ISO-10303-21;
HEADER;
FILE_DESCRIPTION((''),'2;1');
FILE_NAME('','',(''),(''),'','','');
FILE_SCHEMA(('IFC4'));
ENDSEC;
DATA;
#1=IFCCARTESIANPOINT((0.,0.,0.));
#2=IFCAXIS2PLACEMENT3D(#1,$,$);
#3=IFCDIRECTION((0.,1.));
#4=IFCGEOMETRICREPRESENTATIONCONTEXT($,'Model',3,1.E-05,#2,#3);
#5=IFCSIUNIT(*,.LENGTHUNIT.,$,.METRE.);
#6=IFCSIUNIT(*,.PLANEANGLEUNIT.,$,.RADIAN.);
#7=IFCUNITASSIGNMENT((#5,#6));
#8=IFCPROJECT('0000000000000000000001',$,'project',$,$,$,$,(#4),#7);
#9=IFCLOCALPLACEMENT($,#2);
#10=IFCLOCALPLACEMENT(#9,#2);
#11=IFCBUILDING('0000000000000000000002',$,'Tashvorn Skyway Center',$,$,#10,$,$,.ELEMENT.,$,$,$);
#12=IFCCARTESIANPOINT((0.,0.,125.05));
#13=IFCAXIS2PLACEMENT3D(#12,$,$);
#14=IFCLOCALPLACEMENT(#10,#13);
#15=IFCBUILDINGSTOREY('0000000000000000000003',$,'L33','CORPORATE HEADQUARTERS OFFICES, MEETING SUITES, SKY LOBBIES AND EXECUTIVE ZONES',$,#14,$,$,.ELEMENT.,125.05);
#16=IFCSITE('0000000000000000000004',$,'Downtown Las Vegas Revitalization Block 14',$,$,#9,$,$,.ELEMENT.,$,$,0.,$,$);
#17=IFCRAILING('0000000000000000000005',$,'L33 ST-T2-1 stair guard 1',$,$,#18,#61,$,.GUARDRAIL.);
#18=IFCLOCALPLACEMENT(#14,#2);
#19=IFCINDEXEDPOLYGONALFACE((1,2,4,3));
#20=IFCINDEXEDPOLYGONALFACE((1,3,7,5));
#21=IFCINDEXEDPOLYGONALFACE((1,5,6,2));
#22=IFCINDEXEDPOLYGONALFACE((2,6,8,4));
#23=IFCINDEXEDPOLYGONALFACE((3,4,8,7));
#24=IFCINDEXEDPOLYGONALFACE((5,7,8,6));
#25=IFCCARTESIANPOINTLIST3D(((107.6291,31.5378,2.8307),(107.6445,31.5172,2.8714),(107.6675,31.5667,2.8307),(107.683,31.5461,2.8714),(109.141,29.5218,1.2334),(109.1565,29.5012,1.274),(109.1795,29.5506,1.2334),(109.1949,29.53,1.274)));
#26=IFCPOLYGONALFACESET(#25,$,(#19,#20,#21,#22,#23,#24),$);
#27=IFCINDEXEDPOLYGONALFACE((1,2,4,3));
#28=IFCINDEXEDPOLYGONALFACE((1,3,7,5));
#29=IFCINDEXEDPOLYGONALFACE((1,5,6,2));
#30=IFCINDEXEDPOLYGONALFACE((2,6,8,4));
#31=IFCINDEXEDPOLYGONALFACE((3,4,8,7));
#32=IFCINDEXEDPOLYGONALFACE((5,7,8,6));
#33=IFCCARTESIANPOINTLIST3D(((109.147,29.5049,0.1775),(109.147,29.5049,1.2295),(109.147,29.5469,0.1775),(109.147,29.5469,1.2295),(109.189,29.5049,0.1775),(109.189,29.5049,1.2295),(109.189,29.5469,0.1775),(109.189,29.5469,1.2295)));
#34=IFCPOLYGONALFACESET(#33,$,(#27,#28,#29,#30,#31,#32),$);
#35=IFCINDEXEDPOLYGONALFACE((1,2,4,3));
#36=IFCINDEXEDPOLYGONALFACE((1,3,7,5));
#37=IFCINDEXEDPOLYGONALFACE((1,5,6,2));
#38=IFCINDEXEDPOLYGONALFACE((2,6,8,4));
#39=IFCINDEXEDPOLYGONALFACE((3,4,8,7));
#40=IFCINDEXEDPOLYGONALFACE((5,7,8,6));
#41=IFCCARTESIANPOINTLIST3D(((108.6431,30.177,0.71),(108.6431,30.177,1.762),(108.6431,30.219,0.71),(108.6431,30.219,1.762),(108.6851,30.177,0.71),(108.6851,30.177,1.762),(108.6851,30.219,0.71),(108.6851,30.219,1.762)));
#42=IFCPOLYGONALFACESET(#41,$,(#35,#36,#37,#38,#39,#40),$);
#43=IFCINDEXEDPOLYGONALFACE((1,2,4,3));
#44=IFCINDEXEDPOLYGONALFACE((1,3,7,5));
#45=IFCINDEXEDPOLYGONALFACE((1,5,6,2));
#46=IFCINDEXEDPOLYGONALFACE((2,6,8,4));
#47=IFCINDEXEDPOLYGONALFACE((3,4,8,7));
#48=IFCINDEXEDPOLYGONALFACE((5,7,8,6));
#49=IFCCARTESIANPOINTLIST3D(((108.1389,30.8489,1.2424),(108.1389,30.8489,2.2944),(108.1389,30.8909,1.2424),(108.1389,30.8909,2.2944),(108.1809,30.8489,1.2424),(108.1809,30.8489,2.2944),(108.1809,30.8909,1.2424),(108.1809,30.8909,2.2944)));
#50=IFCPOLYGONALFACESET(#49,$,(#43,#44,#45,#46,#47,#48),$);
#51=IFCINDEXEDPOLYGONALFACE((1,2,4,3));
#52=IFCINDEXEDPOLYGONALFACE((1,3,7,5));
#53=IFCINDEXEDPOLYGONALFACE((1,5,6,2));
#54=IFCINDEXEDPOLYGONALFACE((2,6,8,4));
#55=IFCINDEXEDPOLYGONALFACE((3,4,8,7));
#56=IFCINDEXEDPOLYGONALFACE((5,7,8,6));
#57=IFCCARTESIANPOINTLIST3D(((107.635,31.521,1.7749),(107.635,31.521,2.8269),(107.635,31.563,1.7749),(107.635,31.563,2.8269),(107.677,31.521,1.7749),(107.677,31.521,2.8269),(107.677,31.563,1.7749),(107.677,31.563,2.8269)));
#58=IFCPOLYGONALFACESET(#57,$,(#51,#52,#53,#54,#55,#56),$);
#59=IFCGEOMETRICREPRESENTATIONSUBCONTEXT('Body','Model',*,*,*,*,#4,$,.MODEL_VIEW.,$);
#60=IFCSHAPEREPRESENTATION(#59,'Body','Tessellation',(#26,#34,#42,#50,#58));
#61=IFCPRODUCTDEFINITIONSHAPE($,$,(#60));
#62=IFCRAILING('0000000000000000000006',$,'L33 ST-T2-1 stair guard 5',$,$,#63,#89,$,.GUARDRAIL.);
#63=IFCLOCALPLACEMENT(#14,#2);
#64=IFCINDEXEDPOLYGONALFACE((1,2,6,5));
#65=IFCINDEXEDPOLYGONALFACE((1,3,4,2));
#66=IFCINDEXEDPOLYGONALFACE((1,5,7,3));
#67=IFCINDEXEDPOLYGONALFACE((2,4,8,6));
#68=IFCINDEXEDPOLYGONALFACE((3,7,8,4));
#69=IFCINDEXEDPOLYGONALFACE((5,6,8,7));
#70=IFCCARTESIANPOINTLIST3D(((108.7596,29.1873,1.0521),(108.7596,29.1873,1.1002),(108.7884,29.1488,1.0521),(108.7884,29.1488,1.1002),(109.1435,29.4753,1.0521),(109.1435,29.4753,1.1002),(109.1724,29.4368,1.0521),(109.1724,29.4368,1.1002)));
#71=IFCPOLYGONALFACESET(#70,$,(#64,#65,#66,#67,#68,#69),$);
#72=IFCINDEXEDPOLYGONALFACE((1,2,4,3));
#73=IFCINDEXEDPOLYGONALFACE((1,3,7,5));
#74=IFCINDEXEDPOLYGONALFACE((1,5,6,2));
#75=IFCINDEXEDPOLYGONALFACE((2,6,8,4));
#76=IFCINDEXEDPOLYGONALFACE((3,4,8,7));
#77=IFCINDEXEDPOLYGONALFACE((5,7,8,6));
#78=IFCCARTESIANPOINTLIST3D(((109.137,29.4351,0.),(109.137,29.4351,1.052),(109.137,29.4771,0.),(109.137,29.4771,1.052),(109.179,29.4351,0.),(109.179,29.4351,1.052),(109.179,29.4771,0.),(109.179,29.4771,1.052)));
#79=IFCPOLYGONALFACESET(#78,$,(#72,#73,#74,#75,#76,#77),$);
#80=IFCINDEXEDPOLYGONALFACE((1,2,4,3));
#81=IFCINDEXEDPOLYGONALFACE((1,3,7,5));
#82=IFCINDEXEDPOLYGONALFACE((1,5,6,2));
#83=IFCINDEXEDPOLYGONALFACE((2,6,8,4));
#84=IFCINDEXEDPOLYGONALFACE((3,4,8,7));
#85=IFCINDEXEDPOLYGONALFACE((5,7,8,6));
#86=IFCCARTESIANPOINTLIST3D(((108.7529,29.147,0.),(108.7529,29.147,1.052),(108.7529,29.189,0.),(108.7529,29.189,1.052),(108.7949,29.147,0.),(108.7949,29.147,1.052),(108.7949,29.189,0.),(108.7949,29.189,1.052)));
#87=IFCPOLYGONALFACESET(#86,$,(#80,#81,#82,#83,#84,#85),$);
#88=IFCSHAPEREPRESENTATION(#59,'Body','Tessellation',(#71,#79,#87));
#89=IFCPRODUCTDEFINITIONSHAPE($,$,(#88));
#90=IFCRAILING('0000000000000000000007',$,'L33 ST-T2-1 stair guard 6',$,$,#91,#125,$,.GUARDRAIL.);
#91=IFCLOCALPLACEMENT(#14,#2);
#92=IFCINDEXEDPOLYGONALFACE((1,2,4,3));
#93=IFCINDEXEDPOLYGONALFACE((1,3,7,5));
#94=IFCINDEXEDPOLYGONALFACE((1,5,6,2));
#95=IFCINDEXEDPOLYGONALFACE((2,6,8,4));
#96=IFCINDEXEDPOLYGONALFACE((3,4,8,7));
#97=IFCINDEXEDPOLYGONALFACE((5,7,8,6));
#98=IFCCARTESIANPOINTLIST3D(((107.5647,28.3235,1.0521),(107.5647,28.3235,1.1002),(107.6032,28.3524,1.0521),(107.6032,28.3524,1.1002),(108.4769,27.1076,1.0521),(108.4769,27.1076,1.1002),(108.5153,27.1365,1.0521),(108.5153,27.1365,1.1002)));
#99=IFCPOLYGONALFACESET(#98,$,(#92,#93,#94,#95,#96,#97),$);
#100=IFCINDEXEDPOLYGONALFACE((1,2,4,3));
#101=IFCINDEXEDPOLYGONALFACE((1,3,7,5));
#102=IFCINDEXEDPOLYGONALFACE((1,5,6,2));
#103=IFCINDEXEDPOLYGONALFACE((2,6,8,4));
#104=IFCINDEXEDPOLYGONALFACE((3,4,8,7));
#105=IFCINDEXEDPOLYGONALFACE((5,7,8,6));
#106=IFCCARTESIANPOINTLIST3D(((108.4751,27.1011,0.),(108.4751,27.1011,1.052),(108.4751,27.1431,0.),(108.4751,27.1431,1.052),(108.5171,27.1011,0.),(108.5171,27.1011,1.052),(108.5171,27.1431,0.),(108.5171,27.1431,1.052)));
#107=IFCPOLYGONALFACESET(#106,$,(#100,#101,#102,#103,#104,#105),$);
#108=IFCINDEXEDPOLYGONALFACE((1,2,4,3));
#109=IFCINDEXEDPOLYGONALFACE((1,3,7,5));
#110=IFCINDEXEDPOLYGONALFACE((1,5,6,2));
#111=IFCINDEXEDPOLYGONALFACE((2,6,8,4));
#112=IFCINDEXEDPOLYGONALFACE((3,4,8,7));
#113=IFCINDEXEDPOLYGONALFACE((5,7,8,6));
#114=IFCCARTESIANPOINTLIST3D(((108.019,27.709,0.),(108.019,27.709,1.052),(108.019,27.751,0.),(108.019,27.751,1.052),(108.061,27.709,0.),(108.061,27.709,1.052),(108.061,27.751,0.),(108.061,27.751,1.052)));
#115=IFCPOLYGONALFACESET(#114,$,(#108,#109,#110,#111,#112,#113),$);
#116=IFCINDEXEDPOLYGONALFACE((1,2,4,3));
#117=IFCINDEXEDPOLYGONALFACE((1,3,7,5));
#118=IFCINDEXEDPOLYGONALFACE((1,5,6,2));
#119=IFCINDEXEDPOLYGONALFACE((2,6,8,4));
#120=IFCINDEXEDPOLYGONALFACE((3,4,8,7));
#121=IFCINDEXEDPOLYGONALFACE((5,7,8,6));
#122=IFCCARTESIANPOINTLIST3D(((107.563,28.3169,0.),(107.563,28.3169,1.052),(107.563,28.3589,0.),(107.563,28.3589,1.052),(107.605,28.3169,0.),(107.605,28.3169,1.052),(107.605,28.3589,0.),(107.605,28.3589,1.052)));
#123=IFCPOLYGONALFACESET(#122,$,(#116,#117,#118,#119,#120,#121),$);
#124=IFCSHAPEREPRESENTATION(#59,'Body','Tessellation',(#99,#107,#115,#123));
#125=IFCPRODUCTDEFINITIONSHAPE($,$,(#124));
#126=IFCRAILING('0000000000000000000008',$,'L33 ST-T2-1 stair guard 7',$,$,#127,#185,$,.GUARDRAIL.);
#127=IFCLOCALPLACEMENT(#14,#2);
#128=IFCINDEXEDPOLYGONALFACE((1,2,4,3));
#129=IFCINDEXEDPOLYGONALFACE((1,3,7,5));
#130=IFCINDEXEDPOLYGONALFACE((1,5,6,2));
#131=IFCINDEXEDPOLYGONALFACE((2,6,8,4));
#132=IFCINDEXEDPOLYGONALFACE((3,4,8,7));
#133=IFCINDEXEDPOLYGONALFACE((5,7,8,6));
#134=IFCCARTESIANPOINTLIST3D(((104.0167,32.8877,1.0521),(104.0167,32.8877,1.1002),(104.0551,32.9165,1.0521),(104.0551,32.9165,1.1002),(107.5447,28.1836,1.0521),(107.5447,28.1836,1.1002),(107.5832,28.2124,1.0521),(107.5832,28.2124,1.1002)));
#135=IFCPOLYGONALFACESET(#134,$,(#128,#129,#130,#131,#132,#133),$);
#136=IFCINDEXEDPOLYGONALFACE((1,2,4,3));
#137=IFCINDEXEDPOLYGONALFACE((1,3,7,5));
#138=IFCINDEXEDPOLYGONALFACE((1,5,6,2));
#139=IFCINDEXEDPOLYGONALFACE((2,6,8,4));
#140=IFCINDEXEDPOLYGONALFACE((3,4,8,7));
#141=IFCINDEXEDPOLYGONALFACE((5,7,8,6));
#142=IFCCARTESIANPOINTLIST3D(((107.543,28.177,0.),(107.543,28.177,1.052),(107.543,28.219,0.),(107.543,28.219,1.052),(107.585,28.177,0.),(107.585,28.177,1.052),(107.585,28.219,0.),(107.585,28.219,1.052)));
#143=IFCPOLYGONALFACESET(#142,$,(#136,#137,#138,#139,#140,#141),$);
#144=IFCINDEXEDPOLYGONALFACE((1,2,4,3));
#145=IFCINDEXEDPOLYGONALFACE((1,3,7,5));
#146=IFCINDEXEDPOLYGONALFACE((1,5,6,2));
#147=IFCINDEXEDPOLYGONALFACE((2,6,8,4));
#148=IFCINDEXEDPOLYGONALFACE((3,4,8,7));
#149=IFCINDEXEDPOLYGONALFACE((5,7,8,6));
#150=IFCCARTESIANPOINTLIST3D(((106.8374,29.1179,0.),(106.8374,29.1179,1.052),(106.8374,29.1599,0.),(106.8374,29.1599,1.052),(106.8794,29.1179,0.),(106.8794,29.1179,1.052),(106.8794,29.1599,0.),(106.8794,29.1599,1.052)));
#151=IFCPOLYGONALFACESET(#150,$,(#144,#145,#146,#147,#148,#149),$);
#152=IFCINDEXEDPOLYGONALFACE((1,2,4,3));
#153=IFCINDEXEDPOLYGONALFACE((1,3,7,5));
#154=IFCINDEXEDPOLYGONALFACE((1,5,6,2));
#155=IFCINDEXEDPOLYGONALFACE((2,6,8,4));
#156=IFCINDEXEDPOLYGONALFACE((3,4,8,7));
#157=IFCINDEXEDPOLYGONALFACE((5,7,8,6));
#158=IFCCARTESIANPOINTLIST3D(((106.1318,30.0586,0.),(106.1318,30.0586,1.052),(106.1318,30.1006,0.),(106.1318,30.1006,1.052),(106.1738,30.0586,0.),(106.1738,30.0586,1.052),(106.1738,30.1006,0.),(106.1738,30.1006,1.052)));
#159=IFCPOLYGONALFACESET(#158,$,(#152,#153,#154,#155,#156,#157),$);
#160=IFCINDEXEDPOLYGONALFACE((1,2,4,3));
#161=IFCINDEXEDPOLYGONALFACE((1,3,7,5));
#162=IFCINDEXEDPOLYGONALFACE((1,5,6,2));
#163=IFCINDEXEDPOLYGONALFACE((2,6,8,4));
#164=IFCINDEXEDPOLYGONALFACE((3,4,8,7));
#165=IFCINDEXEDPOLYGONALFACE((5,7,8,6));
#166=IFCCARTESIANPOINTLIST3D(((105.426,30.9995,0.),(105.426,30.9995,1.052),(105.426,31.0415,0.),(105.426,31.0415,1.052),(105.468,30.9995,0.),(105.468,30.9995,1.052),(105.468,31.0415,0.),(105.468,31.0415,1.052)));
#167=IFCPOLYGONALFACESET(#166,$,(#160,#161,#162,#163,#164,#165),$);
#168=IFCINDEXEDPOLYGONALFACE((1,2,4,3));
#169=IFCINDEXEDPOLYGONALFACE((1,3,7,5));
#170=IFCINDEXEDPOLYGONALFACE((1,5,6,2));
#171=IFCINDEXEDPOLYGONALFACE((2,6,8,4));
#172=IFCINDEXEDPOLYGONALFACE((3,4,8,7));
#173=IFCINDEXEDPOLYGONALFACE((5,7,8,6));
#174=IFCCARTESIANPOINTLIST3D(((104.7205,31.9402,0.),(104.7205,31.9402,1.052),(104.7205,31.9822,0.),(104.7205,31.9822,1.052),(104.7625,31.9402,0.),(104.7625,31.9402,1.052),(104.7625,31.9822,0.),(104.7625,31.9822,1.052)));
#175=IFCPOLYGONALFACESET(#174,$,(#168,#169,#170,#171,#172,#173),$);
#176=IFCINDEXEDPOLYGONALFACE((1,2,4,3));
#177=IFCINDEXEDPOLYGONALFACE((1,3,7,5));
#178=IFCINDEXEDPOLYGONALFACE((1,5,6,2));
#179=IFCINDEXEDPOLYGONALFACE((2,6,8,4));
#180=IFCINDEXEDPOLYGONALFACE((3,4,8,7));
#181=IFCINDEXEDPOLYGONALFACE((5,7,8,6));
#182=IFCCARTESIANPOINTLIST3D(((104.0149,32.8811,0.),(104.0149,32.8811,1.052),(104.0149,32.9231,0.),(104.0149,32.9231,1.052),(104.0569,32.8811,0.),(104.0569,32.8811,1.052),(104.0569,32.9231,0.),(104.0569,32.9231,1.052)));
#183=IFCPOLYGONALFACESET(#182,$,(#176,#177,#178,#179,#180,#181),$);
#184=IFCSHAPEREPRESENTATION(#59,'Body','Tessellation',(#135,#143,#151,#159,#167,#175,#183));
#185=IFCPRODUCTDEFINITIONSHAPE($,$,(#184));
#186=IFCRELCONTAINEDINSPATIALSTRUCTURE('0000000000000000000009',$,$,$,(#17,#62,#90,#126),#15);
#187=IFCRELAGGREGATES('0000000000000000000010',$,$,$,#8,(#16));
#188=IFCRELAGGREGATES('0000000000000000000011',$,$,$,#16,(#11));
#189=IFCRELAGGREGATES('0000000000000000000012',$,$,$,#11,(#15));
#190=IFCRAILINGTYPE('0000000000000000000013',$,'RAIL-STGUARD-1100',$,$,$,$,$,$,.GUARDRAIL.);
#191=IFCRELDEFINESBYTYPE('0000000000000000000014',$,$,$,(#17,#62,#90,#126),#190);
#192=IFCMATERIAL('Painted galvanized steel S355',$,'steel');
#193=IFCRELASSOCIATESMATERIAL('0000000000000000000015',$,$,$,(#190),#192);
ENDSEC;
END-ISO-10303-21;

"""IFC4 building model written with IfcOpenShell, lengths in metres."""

from ifc_helpers import new_model, si_unit, direction, frame, origin, origin_2d, place, context, subcontext, project, spatial, rectangle, extrude, material, type_object, element, save


model = new_model("IFC4")

# Units and contexts
model_context = context("Model", 3, precision=1e-05, world=origin(), true_north=direction((0.0, 1.0)))
body_context = subcontext(model_context, "Body", "Model", "MODEL_VIEW")
ifc_project = project(units=[si_unit("LENGTHUNIT", "METRE"), si_unit("PLANEANGLEUNIT", "RADIAN")], contexts=[model_context])

# Site, building, storey
site_placement = place(None, origin())
site = spatial("IfcSite", under=ifc_project, at=site_placement, Name="Downtown Las Vegas Revitalization Block 14", CompositionType="ELEMENT", RefElevation=0.0)
building_placement = place(site_placement, origin())
building = spatial("IfcBuilding", under=site, at=building_placement, Name="Tashvorn Skyway Center", CompositionType="ELEMENT")
storey_placement = place(building_placement, frame((0.0, 0.0, 125.05)))
storey = spatial("IfcBuildingStorey", under=building, at=storey_placement, Name="L33", Description="CORPORATE HEADQUARTERS OFFICES, MEETING SUITES, SKY LOBBIES AND EXECUTIVE ZONES", CompositionType="ELEMENT", Elevation=125.05)

# Railings
ifc_material_1 = material(Name="Painted galvanized steel S355", Category="steel")
railing_type = type_object("IfcRailingType", Name="RAIL-STGUARD-1100", PredefinedType="GUARDRAIL", material=ifc_material_1)
railing_1_placement = place(storey_placement, frame((109.168, 29.5259, 0.1775)))
element("IfcRailing", 1, at=railing_1_placement, inside=storey, type_object=railing_type, Name="L33 ST-T2-1 stair guard 1", PredefinedType="GUARDRAIL", context=body_context, shape_type="SweptSolid", body=[
    extrude(rectangle(XDim=0.0481, YDim=0.0481, at=origin_2d()), frame((0.0, 0.0, 1.0762), z_axis=(-0.506741, 0.675709, 0.535379), x_axis=(-0.800023, -0.599969, 0.0)), (0.0, 0.0, 1.0), 2.9836),
    extrude(rectangle(XDim=0.042, YDim=0.042, at=origin_2d()), origin(), (0.0, 0.0, 1.0), 1.052),
    extrude(rectangle(XDim=0.042, YDim=0.042, at=origin_2d()), frame((-0.5039, 0.6721, 0.5325)), (0.0, 0.0, 1.0), 1.052),
    extrude(rectangle(XDim=0.042, YDim=0.042, at=origin_2d()), frame((-1.0081, 1.344, 1.0649)), (0.0, 0.0, 1.0), 1.052),
    extrude(rectangle(XDim=0.042, YDim=0.042, at=origin_2d()), frame((-1.512, 2.0161, 1.5974)), (0.0, 0.0, 1.0), 1.052),
])
railing_2_placement = place(storey_placement, frame((109.158, 29.4561, 0.0)))
element("IfcRailing", 2, at=railing_2_placement, inside=storey, type_object=railing_type, Name="L33 ST-T2-1 stair guard 5", PredefinedType="GUARDRAIL", context=body_context, shape_type="SweptSolid", body=[
    extrude(rectangle(XDim=0.0481, YDim=0.0481, at=origin_2d()), frame((0.0, 0.0, 1.0762), z_axis=(-0.799939, -0.600081, 0.0), x_axis=(0.600081, -0.799939, 0.0)), (0.0, 0.0, 1.0), 0.48),
    extrude(rectangle(XDim=0.042, YDim=0.042, at=origin_2d()), origin(), (0.0, 0.0, 1.0), 1.052),
    extrude(rectangle(XDim=0.042, YDim=0.042, at=origin_2d()), frame((-0.384, -0.2881, 0.0)), (0.0, 0.0, 1.0), 1.052),
])
railing_3_placement = place(storey_placement, frame((108.4961, 27.1221, 0.0)))
element("IfcRailing", 3, at=railing_3_placement, inside=storey, type_object=railing_type, Name="L33 ST-T2-1 stair guard 6", PredefinedType="GUARDRAIL", context=body_context, shape_type="SweptSolid", body=[
    extrude(rectangle(XDim=0.0481, YDim=0.0481, at=origin_2d()), frame((0.0, 0.0, 1.0762), z_axis=(-0.600103, 0.799923, 0.0), x_axis=(-0.799923, -0.600103, 0.0)), (0.0, 0.0, 1.0), 1.52),
    extrude(rectangle(XDim=0.042, YDim=0.042, at=origin_2d()), origin(), (0.0, 0.0, 1.0), 1.052),
    extrude(rectangle(XDim=0.042, YDim=0.042, at=origin_2d()), frame((-0.4561, 0.6079, 0.0)), (0.0, 0.0, 1.0), 1.052),
    extrude(rectangle(XDim=0.042, YDim=0.042, at=origin_2d()), frame((-0.9121, 1.2158, 0.0)), (0.0, 0.0, 1.0), 1.052),
])
railing_4_placement = place(storey_placement, frame((107.564, 28.198, 0.0)))
element("IfcRailing", 4, at=railing_4_placement, inside=storey, type_object=railing_type, Name="L33 ST-T2-1 stair guard 7", PredefinedType="GUARDRAIL", context=body_context, shape_type="SweptSolid", body=[
    extrude(rectangle(XDim=0.0481, YDim=0.0481, at=origin_2d()), frame((0.0, 0.0, 1.0762), z_axis=(-0.6, 0.8, 0.0), x_axis=(-0.8, -0.6, 0.0)), (0.0, 0.0, 1.0), 5.8801),
    extrude(rectangle(XDim=0.042, YDim=0.042, at=origin_2d()), origin(), (0.0, 0.0, 1.0), 1.052),
    extrude(rectangle(XDim=0.042, YDim=0.042, at=origin_2d()), frame((-0.7056, 0.9409, 0.0)), (0.0, 0.0, 1.0), 1.052),
    extrude(rectangle(XDim=0.042, YDim=0.042, at=origin_2d()), frame((-1.4111, 1.8816, 0.0)), (0.0, 0.0, 1.0), 1.052),
    extrude(rectangle(XDim=0.042, YDim=0.042, at=origin_2d()), frame((-2.1169, 2.8225, 0.0)), (0.0, 0.0, 1.0), 1.052),
    extrude(rectangle(XDim=0.042, YDim=0.042, at=origin_2d()), frame((-2.8225, 3.7632, 0.0)), (0.0, 0.0, 1.0), 1.052),
    extrude(rectangle(XDim=0.042, YDim=0.042, at=origin_2d()), frame((-3.5281, 4.7041, 0.0)), (0.0, 0.0, 1.0), 1.052),
])

save(model, "model.ifc")
